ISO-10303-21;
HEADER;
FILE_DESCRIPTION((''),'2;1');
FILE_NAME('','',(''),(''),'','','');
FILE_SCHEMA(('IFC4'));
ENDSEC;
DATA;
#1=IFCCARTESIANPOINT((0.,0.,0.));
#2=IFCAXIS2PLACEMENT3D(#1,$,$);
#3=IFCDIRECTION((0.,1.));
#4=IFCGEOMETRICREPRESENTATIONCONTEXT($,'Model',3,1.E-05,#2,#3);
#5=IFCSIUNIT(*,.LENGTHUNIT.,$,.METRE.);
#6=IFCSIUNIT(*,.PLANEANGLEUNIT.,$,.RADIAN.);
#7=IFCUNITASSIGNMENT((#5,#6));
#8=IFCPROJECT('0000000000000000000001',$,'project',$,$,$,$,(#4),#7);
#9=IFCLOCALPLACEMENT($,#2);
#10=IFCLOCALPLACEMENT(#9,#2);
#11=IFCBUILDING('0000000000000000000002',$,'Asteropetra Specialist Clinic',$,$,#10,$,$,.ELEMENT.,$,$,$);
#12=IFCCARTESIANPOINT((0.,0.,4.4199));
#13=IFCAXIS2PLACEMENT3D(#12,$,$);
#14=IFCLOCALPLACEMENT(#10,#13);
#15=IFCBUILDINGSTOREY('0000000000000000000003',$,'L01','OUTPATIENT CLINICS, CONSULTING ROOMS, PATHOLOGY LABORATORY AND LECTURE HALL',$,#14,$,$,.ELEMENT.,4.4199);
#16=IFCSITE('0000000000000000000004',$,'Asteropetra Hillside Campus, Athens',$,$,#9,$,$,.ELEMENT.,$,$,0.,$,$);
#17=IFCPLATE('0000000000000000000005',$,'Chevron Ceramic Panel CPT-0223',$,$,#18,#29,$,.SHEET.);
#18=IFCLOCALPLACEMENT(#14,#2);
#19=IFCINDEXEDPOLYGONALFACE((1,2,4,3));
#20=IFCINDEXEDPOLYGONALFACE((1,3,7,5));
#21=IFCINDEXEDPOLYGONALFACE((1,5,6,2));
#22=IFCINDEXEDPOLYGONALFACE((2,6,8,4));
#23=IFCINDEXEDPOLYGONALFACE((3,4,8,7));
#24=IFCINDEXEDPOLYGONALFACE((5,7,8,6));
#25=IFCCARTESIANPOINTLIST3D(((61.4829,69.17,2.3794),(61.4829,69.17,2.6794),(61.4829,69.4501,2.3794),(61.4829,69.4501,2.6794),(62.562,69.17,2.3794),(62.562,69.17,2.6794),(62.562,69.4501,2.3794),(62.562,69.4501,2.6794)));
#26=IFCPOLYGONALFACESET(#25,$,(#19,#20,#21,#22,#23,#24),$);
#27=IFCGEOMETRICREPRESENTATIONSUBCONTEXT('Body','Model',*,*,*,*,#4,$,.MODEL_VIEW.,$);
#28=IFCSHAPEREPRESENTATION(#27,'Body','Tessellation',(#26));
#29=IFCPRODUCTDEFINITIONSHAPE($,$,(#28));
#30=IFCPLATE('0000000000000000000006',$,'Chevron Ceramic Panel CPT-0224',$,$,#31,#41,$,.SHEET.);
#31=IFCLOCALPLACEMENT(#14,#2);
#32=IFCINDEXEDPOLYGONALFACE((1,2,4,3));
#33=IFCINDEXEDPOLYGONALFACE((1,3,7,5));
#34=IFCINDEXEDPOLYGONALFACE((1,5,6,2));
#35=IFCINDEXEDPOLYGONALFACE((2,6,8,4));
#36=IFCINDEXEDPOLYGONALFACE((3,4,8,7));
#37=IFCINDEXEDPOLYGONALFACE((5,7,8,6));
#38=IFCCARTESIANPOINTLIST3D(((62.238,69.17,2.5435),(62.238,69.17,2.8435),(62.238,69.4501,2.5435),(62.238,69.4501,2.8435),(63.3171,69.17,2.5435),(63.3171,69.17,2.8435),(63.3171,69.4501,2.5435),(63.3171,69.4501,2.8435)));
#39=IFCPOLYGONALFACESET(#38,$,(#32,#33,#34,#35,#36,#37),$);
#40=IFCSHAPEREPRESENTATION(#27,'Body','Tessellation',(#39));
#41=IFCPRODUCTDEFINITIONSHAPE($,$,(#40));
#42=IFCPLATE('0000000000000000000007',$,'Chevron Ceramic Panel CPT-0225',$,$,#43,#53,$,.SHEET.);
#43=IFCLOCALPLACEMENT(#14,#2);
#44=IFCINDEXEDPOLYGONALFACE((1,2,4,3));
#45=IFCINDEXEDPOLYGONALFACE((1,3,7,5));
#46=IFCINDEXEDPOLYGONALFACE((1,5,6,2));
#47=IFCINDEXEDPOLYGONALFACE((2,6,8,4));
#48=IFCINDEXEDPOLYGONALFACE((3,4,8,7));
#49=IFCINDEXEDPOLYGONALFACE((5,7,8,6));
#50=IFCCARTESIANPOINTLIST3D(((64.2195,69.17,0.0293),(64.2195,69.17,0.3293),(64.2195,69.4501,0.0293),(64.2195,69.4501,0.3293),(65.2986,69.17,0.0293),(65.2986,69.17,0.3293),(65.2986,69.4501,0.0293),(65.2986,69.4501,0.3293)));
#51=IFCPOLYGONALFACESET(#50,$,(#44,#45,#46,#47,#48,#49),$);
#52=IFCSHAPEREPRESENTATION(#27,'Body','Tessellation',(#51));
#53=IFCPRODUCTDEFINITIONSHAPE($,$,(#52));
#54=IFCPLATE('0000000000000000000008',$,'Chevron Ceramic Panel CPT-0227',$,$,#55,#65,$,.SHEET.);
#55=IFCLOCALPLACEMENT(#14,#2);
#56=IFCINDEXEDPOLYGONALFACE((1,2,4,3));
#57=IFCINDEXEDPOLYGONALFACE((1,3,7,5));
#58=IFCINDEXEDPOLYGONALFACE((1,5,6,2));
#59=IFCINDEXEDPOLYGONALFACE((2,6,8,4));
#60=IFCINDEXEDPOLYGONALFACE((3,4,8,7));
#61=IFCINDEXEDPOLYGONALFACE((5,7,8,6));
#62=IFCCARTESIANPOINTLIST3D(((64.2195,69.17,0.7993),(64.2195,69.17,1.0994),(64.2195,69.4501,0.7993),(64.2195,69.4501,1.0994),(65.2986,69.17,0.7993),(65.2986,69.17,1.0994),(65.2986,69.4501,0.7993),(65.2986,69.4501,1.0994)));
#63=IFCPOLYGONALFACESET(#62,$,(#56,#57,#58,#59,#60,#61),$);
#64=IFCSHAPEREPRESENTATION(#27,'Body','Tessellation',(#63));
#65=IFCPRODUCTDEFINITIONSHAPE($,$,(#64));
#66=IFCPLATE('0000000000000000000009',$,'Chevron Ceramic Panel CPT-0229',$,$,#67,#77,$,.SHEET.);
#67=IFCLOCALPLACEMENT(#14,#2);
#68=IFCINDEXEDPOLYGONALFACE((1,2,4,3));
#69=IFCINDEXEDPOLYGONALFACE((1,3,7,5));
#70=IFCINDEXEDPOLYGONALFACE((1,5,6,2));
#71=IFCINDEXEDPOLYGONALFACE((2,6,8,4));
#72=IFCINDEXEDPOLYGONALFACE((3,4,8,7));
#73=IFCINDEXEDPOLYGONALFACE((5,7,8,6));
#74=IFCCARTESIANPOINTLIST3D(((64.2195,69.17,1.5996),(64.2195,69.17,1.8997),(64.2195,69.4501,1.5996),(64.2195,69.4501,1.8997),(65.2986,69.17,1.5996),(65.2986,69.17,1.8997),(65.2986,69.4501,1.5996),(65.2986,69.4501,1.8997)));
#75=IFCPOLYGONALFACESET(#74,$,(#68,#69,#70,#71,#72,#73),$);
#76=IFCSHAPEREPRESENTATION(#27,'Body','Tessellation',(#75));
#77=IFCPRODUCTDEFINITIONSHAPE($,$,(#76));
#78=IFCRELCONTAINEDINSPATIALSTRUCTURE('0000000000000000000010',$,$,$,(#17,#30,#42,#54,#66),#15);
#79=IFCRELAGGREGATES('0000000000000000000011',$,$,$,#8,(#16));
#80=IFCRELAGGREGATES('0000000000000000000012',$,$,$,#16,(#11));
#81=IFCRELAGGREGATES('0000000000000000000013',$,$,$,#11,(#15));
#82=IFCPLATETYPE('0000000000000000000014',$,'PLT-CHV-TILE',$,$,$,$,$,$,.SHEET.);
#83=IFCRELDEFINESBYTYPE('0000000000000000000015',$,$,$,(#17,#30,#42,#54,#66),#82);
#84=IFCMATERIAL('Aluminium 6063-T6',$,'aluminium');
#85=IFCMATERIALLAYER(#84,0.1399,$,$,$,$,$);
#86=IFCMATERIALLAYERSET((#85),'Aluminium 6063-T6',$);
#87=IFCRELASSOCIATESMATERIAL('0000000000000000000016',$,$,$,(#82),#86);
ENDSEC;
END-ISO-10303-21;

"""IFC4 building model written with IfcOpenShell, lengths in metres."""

from ifc_helpers import new_model, si_unit, direction, frame, origin, origin_2d, place, context, subcontext, project, spatial, rectangle, extrude, material, layer, layer_set, type_object, element, save


model = new_model("IFC4")

# Units and contexts
model_context = context("Model", 3, precision=1e-05, world=origin(), true_north=direction((0.0, 1.0)))
body_context = subcontext(model_context, "Body", "Model", "MODEL_VIEW")
ifc_project = project(units=[si_unit("LENGTHUNIT", "METRE"), si_unit("PLANEANGLEUNIT", "RADIAN")], contexts=[model_context])

# Site, building, storey
site_placement = place(None, origin())
site = spatial("IfcSite", under=ifc_project, at=site_placement, Name="Asteropetra Hillside Campus, Athens", CompositionType="ELEMENT", RefElevation=0.0)
building_placement = place(site_placement, origin())
building = spatial("IfcBuilding", under=site, at=building_placement, Name="Asteropetra Specialist Clinic", CompositionType="ELEMENT")
storey_placement = place(building_placement, frame((0.0, 0.0, 4.4199)))
storey = spatial("IfcBuildingStorey", under=building, at=storey_placement, Name="L01", Description="OUTPATIENT CLINICS, CONSULTING ROOMS, PATHOLOGY LABORATORY AND LECTURE HALL", CompositionType="ELEMENT", Elevation=4.4199)

# Plates
ifc_material_1 = material(Name="Aluminium 6063-T6", Category="aluminium")
ifc_layer = layer(ifc_material_1, 0.1399)
ifc_layer_set = layer_set([ifc_layer], Name="Aluminium 6063-T6")
plate_type_1 = type_object("IfcPlateType", Name="PLT-CHV-TILE", PredefinedType="SHEET", material=ifc_layer_set)
for number, where, z_axis, x_axis, name in (
    (1, (62.0225, 69.3101, 2.3794), (0.0, 0.0, 1.0), (1.0, 0.0, 0.0), "Chevron Ceramic Panel CPT-0223"),
    (2, (62.7776, 69.3101, 2.5435), (0.0, 0.0, 1.0), (1.0, 0.0, 0.0), "Chevron Ceramic Panel CPT-0224"),
    (3, (64.759, 69.3101, 0.0293), (0.0, 0.0, 1.0), (1.0, 0.0, 0.0), "Chevron Ceramic Panel CPT-0225"),
    (4, (64.759, 69.3101, 0.7993), (0.0, 0.0, 1.0), (1.0, 0.0, 0.0), "Chevron Ceramic Panel CPT-0227"),
    (5, (64.759, 69.3101, 1.5996), (0.0, 0.0, 1.0), (1.0, 0.0, 0.0), "Chevron Ceramic Panel CPT-0229"),
):
    element("IfcPlate", number, at=place(storey_placement, frame(where, z_axis=z_axis, x_axis=x_axis)), inside=storey, type_object=plate_type_1, Name=name, PredefinedType="SHEET", context=body_context, shape_type="SweptSolid", body=[
        extrude(rectangle(XDim=1.0791, YDim=0.28, at=origin_2d()), origin(), (0.0, 0.0, 1.0), 0.3),
    ])

save(model, "model.ifc")
